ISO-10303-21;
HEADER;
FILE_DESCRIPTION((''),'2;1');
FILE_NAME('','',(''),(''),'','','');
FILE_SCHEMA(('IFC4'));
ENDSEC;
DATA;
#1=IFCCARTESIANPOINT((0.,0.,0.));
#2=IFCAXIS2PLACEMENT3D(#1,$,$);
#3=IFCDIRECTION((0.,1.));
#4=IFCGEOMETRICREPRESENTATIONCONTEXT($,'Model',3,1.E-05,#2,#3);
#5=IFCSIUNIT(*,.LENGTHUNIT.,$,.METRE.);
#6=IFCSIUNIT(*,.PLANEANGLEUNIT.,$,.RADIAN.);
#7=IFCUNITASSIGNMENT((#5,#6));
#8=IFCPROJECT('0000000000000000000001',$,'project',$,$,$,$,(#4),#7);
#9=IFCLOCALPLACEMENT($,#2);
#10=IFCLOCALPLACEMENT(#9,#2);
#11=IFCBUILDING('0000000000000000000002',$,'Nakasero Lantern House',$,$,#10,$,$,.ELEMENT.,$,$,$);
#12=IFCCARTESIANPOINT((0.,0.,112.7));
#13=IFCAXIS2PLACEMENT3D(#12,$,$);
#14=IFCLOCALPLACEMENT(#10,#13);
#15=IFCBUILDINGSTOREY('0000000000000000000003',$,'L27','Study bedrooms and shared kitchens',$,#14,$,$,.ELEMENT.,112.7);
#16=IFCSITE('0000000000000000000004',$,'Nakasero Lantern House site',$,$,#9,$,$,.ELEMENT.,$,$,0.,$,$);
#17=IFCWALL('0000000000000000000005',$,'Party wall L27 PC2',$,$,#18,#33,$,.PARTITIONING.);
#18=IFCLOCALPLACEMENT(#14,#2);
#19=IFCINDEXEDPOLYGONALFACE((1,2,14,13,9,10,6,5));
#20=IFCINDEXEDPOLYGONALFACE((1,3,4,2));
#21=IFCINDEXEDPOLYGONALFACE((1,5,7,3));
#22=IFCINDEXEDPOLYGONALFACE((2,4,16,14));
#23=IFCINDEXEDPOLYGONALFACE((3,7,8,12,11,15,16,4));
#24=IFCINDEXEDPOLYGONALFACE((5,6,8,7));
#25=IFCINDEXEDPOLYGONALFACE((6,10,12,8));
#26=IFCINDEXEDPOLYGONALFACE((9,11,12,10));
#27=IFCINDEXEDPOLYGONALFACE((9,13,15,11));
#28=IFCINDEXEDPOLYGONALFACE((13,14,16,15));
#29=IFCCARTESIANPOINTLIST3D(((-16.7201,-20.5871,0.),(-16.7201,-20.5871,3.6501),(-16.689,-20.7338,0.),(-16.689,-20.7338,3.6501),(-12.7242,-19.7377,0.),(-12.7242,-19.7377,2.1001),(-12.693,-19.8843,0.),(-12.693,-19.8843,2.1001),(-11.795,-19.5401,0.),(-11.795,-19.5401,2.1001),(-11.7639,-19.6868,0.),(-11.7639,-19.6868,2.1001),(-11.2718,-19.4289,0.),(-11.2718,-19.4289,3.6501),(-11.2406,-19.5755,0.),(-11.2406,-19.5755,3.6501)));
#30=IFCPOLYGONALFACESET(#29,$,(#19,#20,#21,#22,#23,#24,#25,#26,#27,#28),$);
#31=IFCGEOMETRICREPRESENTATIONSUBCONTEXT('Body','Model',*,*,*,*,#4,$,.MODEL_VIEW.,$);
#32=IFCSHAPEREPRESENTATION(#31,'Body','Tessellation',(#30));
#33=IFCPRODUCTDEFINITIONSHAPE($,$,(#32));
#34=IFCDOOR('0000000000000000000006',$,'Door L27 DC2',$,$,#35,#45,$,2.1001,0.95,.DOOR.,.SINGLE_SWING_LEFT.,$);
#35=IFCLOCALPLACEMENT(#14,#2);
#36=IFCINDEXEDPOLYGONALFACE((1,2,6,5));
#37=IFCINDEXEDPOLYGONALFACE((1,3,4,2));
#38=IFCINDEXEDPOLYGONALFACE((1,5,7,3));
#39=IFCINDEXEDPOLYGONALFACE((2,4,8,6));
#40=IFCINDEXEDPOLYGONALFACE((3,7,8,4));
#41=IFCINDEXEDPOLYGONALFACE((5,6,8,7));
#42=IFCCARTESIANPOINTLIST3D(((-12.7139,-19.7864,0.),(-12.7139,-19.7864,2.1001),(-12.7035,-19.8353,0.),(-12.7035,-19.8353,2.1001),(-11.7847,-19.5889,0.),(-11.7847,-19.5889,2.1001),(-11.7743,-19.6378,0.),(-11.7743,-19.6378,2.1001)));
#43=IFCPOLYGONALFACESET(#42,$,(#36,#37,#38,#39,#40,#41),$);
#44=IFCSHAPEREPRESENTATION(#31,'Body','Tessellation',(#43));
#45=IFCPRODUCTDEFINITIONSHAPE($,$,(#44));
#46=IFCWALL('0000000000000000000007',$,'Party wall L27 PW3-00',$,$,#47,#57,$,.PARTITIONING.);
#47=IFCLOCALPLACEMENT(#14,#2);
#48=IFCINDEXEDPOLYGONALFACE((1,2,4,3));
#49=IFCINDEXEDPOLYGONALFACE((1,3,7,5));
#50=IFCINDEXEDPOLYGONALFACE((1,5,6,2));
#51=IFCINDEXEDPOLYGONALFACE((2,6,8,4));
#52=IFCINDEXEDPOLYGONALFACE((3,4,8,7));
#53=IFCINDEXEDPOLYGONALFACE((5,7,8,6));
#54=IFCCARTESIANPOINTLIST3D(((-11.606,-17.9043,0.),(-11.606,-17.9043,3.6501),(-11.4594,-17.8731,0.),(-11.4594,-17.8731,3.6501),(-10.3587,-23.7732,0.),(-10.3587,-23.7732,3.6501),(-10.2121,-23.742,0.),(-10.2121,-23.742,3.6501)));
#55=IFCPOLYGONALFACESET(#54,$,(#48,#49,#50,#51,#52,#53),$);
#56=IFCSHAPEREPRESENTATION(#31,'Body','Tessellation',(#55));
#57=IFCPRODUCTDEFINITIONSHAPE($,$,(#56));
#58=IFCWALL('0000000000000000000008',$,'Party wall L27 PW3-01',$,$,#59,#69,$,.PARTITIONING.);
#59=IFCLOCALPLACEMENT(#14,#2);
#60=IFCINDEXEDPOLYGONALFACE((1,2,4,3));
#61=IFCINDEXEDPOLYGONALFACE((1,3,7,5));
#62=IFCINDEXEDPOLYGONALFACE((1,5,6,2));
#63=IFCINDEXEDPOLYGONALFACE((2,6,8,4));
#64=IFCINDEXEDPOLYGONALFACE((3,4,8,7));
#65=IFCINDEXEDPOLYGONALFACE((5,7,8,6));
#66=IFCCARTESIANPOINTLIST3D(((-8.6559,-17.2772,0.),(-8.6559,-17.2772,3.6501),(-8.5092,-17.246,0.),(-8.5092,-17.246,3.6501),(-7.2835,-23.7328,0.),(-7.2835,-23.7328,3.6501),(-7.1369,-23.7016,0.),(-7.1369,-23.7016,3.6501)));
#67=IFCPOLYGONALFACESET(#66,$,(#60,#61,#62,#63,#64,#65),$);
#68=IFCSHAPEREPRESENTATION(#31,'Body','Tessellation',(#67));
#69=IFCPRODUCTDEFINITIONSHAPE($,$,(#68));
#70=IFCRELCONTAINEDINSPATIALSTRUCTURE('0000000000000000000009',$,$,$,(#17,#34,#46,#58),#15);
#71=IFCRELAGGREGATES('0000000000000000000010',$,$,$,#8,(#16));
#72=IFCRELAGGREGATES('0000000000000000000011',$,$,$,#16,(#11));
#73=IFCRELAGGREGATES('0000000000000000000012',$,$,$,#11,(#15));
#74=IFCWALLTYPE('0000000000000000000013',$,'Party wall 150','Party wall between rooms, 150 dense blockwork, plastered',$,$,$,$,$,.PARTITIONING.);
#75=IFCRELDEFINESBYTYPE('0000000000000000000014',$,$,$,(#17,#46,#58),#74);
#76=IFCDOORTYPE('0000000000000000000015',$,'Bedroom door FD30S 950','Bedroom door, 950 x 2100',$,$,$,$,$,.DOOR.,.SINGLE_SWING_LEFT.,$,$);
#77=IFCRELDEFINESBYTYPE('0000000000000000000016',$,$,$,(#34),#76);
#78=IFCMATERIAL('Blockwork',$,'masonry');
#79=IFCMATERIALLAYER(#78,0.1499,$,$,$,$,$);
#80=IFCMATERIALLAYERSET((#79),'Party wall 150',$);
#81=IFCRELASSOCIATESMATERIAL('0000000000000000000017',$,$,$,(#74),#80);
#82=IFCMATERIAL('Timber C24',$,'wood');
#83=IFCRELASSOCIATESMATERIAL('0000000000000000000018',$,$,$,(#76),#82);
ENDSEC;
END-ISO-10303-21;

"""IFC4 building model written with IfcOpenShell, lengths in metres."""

from ifc_helpers import new_model, si_unit, direction, frame, frame_2d, origin, place, context, subcontext, project, spatial, rectangle, extrude, material, layer, layer_set, type_object, element, fill, save


model = new_model("IFC4")

# Units and contexts
model_context = context("Model", 3, precision=1e-05, world=origin(), true_north=direction((0.0, 1.0)))
body_context = subcontext(model_context, "Body", "Model", "MODEL_VIEW")
ifc_project = project(units=[si_unit("LENGTHUNIT", "METRE"), si_unit("PLANEANGLEUNIT", "RADIAN")], contexts=[model_context])

# Site, building, storey
site_placement = place(None, origin())
site = spatial("IfcSite", under=ifc_project, at=site_placement, Name="Nakasero Lantern House site", CompositionType="ELEMENT", RefElevation=0.0)
building_placement = place(site_placement, origin())
building = spatial("IfcBuilding", under=site, at=building_placement, Name="Nakasero Lantern House", CompositionType="ELEMENT")
storey_placement = place(building_placement, frame((0.0, 0.0, 112.7)))
storey = spatial("IfcBuildingStorey", under=building, at=storey_placement, Name="L27", Description="Study bedrooms and shared kitchens", CompositionType="ELEMENT", Elevation=112.7)

# Wall, opening, door
ifc_material_1 = material(Name="Blockwork", Category="masonry")
ifc_layer_1 = layer(ifc_material_1, 0.1499)
ifc_layer_set_1 = layer_set([ifc_layer_1], Name="Party wall 150")
wall_type_1 = type_object("IfcWallType", Name="Party wall 150", Description="Party wall between rooms, 150 dense blockwork, plastered", PredefinedType="PARTITIONING", material=ifc_layer_set_1)
wall_1_placement = place(storey_placement, frame((-11.2561, -19.5022, 0.0), z_axis=(0.0, 0.0, 1.0), x_axis=(-0.978142, -0.207936, 0.0)))
wall_1 = element("IfcWall", 1, at=wall_1_placement, inside=storey, type_object=wall_type_1, Name="Party wall L27 PC2", PredefinedType="PARTITIONING", context=body_context, shape_type="SweptSolid", body=[
    extrude(rectangle(XDim=5.5701, YDim=0.1499, at=frame_2d((2.7852, 0.0))), origin(), (0.0, 0.0, 1.0), 3.6501),
])
opening_1_placement = place(wall_1_placement, frame((0.5349, 0.0, 0.0)))
opening_1 = element("IfcOpeningElement", 2, at=opening_1_placement, cuts=wall_1, PredefinedType="OPENING", context=body_context, shape_type="SweptSolid", body=[
    extrude(rectangle(XDim=0.95, YDim=2.1001, at=frame_2d((0.4751, 1.05))), frame((0.0, 0.095, 0.0), z_axis=(0.0, -1.0, 0.0), x_axis=(1.0, 0.0, 0.0)), (0.0, 0.0, 1.0), 0.1899),
])
ifc_material_2 = material(Name="Timber C24", Category="wood")
door_type_1 = type_object("IfcDoorType", Name="Bedroom door FD30S 950", Description="Bedroom door, 950 x 2100", OperationType="SINGLE_SWING_LEFT", PredefinedType="DOOR", material=ifc_material_2)
door_1_placement = place(opening_1_placement, origin())
door_1 = element("IfcDoor", 3, at=door_1_placement, inside=storey, type_object=door_type_1, Name="Door L27 DC2", OperationType="SINGLE_SWING_LEFT", OverallHeight=2.1001, OverallWidth=0.95, PredefinedType="DOOR", context=body_context, shape_type="SweptSolid", body=[
    extrude(rectangle(XDim=0.95, YDim=2.1001, at=frame_2d((0.4751, 1.05))), frame((0.0, 0.0249, 0.0), z_axis=(0.0, -1.0, 0.0), x_axis=(1.0, 0.0, 0.0)), (0.0, 0.0, 1.0), 0.05),
])
fill(opening_1, door_1)

# Walls
wall_2_placement = place(storey_placement, frame((-11.5327, -17.8887, 0.0), z_axis=(0.0, 0.0, 1.0), x_axis=(0.207886, -0.978153, 0.0)))
element("IfcWall", 4, at=wall_2_placement, inside=storey, type_object=wall_type_1, Name="Party wall L27 PW3-00", PredefinedType="PARTITIONING", context=body_context, shape_type="SweptSolid", body=[
    extrude(rectangle(XDim=6.0, YDim=0.1499, at=frame_2d((3.0, 0.0))), origin(), (0.0, 0.0, 1.0), 3.6501),
])
wall_3_placement = place(storey_placement, frame((-8.5825, -17.2617, 0.0), z_axis=(0.0, 0.0, 1.0), x_axis=(0.207932, -0.978143, 0.0)))
element("IfcWall", 5, at=wall_3_placement, inside=storey, type_object=wall_type_1, Name="Party wall L27 PW3-01", PredefinedType="PARTITIONING", context=body_context, shape_type="SweptSolid", body=[
    extrude(rectangle(XDim=6.5999, YDim=0.1499, at=frame_2d((3.2998, 0.0))), origin(), (0.0, 0.0, 1.0), 3.6501),
])

save(model, "model.ifc")
